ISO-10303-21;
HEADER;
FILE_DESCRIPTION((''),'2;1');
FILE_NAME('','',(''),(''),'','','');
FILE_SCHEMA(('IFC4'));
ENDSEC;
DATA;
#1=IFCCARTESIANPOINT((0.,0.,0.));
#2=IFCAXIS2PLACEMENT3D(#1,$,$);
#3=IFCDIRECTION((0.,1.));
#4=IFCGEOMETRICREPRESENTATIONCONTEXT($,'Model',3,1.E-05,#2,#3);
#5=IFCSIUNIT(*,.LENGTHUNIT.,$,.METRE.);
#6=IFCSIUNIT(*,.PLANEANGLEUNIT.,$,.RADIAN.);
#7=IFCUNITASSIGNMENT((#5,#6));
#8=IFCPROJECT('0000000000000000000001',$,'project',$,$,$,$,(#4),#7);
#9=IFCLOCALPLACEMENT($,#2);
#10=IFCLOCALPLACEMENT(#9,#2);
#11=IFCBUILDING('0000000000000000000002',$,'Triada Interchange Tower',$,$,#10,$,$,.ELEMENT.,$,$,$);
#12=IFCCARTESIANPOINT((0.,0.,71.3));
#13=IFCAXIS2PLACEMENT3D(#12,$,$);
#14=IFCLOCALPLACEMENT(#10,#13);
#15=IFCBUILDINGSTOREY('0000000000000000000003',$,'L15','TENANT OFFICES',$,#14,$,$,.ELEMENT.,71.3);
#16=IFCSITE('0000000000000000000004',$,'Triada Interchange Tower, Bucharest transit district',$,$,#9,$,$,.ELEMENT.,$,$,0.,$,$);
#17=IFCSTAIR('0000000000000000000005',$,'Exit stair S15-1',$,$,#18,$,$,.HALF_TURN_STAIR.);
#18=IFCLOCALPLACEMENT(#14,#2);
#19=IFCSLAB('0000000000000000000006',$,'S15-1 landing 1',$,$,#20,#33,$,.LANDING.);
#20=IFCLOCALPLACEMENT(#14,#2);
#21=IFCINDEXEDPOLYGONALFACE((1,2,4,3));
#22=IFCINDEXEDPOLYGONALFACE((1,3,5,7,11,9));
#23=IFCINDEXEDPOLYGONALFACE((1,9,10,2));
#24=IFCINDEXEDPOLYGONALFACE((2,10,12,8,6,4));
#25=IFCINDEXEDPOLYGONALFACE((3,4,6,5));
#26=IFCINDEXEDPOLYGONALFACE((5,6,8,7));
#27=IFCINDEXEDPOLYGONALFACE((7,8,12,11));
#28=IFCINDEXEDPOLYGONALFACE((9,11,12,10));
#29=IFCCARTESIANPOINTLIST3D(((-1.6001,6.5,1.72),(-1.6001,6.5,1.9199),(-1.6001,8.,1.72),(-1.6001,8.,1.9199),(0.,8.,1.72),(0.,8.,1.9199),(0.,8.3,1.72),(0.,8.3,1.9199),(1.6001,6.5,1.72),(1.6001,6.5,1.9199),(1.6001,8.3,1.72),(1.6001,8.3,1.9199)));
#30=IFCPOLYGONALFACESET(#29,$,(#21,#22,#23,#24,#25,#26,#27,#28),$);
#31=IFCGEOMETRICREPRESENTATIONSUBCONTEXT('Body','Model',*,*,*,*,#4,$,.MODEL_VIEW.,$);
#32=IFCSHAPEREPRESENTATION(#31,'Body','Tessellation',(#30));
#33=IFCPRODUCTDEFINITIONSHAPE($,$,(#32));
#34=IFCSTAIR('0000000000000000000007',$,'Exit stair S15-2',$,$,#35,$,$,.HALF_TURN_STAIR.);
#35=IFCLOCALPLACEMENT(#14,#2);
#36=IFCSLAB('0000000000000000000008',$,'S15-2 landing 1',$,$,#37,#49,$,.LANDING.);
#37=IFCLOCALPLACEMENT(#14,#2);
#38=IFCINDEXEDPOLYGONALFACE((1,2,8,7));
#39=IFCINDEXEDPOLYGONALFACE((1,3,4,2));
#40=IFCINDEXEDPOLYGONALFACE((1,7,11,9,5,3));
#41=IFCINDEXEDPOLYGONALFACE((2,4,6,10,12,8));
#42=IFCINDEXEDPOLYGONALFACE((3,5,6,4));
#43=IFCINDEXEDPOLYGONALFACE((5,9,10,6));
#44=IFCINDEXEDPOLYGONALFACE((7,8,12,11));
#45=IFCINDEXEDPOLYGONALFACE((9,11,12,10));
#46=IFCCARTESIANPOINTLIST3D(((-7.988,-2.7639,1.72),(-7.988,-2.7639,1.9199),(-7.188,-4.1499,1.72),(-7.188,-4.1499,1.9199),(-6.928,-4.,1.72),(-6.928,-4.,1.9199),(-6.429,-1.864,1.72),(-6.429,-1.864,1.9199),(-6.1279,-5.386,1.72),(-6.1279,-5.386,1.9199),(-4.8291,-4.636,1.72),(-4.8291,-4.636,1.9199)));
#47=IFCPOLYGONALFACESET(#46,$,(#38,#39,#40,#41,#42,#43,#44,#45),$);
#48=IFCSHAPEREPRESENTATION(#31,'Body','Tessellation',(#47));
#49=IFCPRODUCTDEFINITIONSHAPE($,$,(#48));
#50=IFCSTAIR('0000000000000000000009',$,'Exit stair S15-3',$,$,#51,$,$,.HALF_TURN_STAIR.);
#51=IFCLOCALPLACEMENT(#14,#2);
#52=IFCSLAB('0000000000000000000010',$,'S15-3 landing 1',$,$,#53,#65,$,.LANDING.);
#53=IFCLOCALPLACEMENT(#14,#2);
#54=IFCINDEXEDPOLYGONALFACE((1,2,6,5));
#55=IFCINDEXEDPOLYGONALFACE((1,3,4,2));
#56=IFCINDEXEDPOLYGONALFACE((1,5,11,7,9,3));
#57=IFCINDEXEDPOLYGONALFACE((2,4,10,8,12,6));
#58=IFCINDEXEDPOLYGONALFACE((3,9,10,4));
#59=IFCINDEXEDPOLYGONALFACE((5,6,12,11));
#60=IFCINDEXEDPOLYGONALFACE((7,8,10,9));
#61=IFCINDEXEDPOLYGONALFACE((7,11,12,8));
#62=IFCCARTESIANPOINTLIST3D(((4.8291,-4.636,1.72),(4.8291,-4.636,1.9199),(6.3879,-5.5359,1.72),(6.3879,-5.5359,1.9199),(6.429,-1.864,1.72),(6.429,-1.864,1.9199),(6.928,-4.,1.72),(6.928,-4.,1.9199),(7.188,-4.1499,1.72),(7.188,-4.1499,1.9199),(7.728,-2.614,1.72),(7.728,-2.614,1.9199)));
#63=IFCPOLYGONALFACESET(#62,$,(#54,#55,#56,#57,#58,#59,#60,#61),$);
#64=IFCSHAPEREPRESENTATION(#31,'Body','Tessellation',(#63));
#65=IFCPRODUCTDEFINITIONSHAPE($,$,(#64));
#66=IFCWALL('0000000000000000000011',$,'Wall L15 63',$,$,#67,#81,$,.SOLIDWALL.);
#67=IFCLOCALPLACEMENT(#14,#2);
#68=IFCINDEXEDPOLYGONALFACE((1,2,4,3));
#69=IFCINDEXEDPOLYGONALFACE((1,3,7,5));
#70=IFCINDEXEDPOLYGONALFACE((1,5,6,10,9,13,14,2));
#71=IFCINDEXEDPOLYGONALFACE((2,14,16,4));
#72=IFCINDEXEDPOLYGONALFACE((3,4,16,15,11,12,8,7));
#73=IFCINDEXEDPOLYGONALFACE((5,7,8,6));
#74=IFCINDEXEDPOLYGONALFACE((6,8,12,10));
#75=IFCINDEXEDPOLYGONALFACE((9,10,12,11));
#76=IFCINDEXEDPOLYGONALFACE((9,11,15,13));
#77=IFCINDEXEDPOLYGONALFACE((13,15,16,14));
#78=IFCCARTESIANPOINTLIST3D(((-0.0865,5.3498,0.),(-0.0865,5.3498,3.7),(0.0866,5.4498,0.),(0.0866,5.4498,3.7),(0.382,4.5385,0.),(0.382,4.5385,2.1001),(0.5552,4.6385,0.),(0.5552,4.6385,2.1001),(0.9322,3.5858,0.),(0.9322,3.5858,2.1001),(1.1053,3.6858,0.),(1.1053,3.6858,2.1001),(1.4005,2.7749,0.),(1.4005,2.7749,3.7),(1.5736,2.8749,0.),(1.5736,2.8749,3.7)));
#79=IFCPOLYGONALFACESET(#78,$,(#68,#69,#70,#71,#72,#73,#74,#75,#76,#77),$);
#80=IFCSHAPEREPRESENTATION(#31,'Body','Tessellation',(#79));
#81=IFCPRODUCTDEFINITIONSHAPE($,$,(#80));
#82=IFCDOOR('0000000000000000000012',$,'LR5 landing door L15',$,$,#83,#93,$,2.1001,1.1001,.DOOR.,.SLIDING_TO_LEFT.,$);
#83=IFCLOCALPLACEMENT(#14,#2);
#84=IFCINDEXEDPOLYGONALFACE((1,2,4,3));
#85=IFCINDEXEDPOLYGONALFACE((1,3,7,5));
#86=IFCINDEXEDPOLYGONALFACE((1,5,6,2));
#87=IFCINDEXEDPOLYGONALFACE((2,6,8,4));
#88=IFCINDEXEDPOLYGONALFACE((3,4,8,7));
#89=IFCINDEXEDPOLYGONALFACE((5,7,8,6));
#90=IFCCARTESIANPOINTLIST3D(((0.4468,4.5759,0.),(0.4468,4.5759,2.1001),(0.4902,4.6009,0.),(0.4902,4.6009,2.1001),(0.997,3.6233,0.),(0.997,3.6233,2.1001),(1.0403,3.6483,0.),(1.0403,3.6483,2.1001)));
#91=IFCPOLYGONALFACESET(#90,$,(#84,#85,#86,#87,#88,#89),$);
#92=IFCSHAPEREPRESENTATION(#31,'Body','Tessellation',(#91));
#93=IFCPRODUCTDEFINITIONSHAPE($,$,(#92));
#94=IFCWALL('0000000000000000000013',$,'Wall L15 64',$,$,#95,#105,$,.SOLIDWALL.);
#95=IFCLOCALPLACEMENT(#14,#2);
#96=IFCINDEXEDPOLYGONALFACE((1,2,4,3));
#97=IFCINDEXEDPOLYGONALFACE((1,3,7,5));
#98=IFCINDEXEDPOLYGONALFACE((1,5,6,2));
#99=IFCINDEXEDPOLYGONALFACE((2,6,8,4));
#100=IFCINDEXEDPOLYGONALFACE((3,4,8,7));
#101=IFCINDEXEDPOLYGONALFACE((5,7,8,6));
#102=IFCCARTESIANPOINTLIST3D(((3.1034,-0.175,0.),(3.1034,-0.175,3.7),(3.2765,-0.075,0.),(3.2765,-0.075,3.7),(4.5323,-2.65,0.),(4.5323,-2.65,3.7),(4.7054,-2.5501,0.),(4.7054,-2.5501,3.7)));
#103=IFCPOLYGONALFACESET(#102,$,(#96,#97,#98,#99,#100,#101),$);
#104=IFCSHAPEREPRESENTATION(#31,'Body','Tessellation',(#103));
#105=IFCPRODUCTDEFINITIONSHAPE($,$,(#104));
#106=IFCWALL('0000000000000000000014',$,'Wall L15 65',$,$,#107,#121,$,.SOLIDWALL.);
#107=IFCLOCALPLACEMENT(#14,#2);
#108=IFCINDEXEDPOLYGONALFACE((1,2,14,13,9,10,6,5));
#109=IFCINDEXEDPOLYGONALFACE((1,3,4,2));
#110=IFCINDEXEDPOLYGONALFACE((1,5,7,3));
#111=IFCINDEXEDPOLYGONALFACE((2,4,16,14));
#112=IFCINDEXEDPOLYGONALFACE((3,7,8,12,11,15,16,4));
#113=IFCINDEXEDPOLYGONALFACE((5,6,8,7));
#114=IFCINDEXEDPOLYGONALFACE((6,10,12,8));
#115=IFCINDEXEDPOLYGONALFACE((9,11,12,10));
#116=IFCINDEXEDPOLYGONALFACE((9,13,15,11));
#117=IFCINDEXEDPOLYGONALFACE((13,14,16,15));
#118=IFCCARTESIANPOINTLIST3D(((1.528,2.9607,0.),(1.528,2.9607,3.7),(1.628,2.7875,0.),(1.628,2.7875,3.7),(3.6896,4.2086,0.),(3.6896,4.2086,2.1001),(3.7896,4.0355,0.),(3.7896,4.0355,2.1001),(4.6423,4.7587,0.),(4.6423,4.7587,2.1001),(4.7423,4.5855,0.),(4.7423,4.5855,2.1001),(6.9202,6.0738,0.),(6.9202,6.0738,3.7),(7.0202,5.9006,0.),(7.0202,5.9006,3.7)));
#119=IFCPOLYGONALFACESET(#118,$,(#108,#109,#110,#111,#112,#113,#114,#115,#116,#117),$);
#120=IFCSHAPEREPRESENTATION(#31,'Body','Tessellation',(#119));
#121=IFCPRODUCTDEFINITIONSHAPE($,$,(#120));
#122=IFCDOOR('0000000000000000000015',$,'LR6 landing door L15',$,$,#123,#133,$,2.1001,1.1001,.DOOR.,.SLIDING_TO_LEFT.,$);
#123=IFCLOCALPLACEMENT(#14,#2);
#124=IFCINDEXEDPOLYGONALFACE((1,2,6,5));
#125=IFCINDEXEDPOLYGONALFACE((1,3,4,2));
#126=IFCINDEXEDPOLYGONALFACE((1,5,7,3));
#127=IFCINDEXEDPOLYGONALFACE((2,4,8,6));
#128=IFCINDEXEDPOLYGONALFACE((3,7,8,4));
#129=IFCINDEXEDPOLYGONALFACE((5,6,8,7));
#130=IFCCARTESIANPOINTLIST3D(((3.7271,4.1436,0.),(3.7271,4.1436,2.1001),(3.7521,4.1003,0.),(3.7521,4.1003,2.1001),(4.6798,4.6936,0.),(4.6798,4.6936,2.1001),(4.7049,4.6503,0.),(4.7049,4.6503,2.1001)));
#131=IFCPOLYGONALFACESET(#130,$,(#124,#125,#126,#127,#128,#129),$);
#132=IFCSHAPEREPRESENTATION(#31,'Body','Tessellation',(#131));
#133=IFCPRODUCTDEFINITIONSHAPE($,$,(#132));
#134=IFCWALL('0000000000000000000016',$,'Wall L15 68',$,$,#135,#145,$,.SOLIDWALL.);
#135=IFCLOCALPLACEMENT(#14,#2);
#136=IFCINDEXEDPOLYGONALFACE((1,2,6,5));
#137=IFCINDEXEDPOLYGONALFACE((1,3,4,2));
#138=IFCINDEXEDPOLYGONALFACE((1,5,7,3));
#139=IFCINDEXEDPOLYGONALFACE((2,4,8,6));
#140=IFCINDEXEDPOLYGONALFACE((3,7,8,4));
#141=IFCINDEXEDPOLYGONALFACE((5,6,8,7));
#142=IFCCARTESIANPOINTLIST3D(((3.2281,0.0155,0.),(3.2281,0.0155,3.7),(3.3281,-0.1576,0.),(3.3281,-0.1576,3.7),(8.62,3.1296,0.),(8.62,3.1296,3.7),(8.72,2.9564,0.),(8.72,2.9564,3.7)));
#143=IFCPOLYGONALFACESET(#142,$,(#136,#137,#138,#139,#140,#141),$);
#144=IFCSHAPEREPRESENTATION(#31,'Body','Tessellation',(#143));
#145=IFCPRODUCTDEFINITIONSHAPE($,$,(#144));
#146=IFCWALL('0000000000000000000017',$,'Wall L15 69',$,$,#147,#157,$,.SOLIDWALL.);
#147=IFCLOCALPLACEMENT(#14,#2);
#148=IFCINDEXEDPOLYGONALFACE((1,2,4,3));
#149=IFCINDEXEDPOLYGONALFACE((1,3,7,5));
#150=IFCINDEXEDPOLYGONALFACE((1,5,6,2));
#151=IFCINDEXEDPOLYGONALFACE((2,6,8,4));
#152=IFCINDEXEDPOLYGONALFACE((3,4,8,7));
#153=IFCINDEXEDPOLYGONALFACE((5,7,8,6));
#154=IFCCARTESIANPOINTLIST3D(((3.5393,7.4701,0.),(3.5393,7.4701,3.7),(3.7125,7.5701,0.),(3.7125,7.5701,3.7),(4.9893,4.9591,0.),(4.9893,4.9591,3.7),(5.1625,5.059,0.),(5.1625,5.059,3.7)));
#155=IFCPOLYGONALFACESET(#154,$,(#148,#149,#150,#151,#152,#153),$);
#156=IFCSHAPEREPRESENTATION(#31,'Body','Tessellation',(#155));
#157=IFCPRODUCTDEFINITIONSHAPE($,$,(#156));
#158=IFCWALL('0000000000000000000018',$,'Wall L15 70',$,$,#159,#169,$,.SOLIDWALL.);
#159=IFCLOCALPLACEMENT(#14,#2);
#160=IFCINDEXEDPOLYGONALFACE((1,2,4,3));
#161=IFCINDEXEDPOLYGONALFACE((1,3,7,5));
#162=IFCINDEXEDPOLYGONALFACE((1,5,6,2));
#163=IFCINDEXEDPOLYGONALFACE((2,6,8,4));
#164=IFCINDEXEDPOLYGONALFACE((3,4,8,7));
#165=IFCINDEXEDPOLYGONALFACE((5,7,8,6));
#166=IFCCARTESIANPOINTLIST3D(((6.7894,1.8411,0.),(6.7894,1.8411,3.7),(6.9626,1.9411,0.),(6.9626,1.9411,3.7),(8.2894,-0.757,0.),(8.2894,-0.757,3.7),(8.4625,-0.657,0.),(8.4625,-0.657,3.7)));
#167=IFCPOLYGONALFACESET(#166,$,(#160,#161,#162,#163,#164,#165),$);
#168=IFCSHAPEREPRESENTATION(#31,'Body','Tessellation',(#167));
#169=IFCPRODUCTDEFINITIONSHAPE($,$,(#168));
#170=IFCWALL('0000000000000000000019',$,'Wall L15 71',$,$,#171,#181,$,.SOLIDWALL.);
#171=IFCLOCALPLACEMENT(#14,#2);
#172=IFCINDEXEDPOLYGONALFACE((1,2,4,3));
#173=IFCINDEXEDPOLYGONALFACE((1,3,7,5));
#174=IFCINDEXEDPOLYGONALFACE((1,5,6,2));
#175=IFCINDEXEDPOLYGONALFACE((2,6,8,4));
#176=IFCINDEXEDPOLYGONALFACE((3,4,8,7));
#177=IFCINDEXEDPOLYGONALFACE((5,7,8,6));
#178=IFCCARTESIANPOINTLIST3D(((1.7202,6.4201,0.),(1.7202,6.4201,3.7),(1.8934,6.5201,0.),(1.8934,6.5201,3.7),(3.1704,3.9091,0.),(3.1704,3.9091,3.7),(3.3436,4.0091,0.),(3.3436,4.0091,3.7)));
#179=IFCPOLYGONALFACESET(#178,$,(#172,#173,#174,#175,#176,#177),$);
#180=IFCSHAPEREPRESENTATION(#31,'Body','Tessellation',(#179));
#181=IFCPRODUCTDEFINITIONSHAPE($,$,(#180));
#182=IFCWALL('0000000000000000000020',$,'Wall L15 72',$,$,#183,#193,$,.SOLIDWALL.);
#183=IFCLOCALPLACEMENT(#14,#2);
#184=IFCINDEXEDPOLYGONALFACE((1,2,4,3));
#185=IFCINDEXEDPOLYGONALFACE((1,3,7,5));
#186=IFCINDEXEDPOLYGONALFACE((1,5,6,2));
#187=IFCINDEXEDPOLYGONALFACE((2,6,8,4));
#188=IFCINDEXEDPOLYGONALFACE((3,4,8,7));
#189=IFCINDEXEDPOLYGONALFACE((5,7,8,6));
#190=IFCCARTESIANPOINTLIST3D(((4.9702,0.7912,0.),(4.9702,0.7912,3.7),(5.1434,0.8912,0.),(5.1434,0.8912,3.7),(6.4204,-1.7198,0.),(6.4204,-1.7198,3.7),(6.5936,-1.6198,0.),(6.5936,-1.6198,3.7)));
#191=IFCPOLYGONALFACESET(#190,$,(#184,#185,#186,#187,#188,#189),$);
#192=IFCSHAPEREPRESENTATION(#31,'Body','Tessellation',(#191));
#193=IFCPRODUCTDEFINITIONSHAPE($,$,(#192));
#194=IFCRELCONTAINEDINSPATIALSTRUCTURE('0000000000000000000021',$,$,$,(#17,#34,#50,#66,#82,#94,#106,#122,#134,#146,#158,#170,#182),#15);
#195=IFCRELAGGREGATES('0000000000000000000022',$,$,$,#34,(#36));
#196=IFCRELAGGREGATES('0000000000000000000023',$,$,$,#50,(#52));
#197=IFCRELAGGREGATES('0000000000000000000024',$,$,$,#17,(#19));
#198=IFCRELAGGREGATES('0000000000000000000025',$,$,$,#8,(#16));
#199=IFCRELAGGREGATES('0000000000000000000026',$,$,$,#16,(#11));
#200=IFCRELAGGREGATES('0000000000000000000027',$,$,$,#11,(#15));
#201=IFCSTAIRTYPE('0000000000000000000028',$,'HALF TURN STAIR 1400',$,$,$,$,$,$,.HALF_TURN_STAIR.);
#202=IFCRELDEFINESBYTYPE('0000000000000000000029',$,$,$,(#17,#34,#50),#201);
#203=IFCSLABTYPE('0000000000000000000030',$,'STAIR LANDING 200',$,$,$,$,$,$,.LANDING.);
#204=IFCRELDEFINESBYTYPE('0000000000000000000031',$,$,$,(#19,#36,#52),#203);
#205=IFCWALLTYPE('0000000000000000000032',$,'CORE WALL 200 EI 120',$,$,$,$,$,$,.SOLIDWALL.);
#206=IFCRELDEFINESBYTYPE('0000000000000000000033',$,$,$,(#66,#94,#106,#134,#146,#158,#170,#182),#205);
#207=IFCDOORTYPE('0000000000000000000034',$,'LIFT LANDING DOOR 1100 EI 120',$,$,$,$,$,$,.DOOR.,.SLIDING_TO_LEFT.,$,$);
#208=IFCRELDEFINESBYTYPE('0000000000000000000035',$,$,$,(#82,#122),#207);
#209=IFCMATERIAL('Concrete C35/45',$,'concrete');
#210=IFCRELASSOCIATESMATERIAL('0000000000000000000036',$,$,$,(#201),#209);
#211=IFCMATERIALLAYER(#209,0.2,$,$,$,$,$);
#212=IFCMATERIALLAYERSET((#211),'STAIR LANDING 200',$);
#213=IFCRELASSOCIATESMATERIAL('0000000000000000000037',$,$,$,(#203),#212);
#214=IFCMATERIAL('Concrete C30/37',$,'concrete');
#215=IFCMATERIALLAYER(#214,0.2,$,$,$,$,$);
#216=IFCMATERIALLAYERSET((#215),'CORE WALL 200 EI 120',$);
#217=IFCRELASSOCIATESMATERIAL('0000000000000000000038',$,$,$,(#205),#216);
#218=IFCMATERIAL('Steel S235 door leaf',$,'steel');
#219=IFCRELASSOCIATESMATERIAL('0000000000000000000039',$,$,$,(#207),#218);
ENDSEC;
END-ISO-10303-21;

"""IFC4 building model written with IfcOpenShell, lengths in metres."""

from ifc_helpers import new_model, si_unit, direction, frame, frame_2d, origin, place, context, subcontext, project, spatial, polyline, rectangle, outline, extrude, material, layer, layer_set, type_object, element, fill, aggregate, save


model = new_model("IFC4")

# Units and contexts
model_context = context("Model", 3, precision=1e-05, world=origin(), true_north=direction((0.0, 1.0)))
body_context = subcontext(model_context, "Body", "Model", "MODEL_VIEW")
ifc_project = project(units=[si_unit("LENGTHUNIT", "METRE"), si_unit("PLANEANGLEUNIT", "RADIAN")], contexts=[model_context])

# Site, building, storey
site_placement = place(None, origin())
site = spatial("IfcSite", under=ifc_project, at=site_placement, Name="Triada Interchange Tower, Bucharest transit district", CompositionType="ELEMENT", RefElevation=0.0)
building_placement = place(site_placement, origin())
building = spatial("IfcBuilding", under=site, at=building_placement, Name="Triada Interchange Tower", CompositionType="ELEMENT")
storey_placement = place(building_placement, frame((0.0, 0.0, 71.3)))
storey = spatial("IfcBuildingStorey", under=building, at=storey_placement, Name="L15", Description="TENANT OFFICES", CompositionType="ELEMENT", Elevation=71.3)

# Stairs, slabs
ifc_material_1 = material(Name="Concrete C35/45", Category="concrete")
stair_type = type_object("IfcStairType", Name="HALF TURN STAIR 1400", PredefinedType="HALF_TURN_STAIR", material=ifc_material_1)
stair_1_placement = place(storey_placement, origin())
stair_1 = element("IfcStair", 1, at=stair_1_placement, inside=storey, type_object=stair_type, Name="Exit stair S15-1", PredefinedType="HALF_TURN_STAIR")
ifc_layer_1 = layer(ifc_material_1, 0.2)
ifc_layer_set_1 = layer_set([ifc_layer_1], Name="STAIR LANDING 200")
slab_type_1 = type_object("IfcSlabType", Name="STAIR LANDING 200", PredefinedType="LANDING", material=ifc_layer_set_1)
slab_1_placement = place(storey_placement, frame((0.0, 0.0, 1.72)))
slab_1 = element("IfcSlab", 2, at=slab_1_placement, type_object=slab_type_1, Name="S15-1 landing 1", PredefinedType="LANDING", context=body_context, shape_type="SweptSolid", body=[
    extrude(outline(polyline([(1.6001, 6.5), (1.6001, 8.3), (0.0, 8.3), (0.0, 8.0), (-1.6001, 8.0), (-1.6001, 6.5), (1.6001, 6.5)])), origin(), (0.0, 0.0, 1.0), 0.2),
])
stair_2_placement = place(storey_placement, origin())
stair_2 = element("IfcStair", 3, at=stair_2_placement, inside=storey, type_object=stair_type, Name="Exit stair S15-2", PredefinedType="HALF_TURN_STAIR")
slab_2_placement = place(storey_placement, frame((0.0, 0.0, 1.72)))
slab_2 = element("IfcSlab", 4, at=slab_2_placement, type_object=slab_type_1, Name="S15-2 landing 1", PredefinedType="LANDING", context=body_context, shape_type="SweptSolid", body=[
    extrude(outline(polyline([(-6.429, -1.864), (-7.988, -2.7639), (-7.188, -4.1499), (-6.928, -4.0), (-6.1279, -5.386), (-4.8291, -4.636), (-6.429, -1.864)])), origin(), (0.0, 0.0, 1.0), 0.2),
])
aggregate(stair_2, [slab_2])
stair_3_placement = place(storey_placement, origin())
stair_3 = element("IfcStair", 5, at=stair_3_placement, inside=storey, type_object=stair_type, Name="Exit stair S15-3", PredefinedType="HALF_TURN_STAIR")
slab_3_placement = place(storey_placement, frame((0.0, 0.0, 1.72)))
slab_3 = element("IfcSlab", 6, at=slab_3_placement, type_object=slab_type_1, Name="S15-3 landing 1", PredefinedType="LANDING", context=body_context, shape_type="SweptSolid", body=[
    extrude(outline(polyline([(4.8291, -4.636), (6.3879, -5.5359), (7.188, -4.1499), (6.928, -4.0), (7.728, -2.614), (6.429, -1.864), (4.8291, -4.636)])), origin(), (0.0, 0.0, 1.0), 0.2),
])
aggregate(stair_3, [slab_3])

# Wall, opening, door
ifc_material_2 = material(Name="Concrete C30/37", Category="concrete")
ifc_layer_2 = layer(ifc_material_2, 0.2)
ifc_layer_set_2 = layer_set([ifc_layer_2], Name="CORE WALL 200 EI 120")
wall_type_1 = type_object("IfcWallType", Name="CORE WALL 200 EI 120", PredefinedType="SOLIDWALL", material=ifc_layer_set_2)
wall_1_placement = place(storey_placement, frame((0.0, 5.3999, 0.0), z_axis=(0.0, 0.0, 1.0), x_axis=(0.500104, -0.865965, 0.0)))
wall_1 = element("IfcWall", 7, at=wall_1_placement, inside=storey, type_object=wall_type_1, Name="Wall L15 63", PredefinedType="SOLIDWALL", context=body_context, shape_type="SweptSolid", body=[
    extrude(rectangle(XDim=2.9734, YDim=0.2, at=frame_2d((1.4868, 0.0))), origin(), (0.0, 0.0, 1.0), 3.7),
])
opening_1_placement = place(wall_1_placement, frame((0.937, 0.0, 0.0)))
opening_1 = element("IfcOpeningElement", 8, at=opening_1_placement, cuts=wall_1, PredefinedType="OPENING", context=body_context, shape_type="SweptSolid", body=[
    extrude(rectangle(XDim=1.1001, YDim=2.1001, at=frame_2d((0.55, 1.05))), frame((0.0, 0.1099, 0.0), z_axis=(0.0, -1.0, 0.0), x_axis=(1.0, 0.0, 0.0)), (0.0, 0.0, 1.0), 0.22),
])
ifc_material_3 = material(Name="Steel S235 door leaf", Category="steel")
door_type = type_object("IfcDoorType", Name="LIFT LANDING DOOR 1100 EI 120", OperationType="SLIDING_TO_LEFT", PredefinedType="DOOR", material=ifc_material_3)
door_1_placement = place(opening_1_placement, origin())
door_1 = element("IfcDoor", 9, at=door_1_placement, inside=storey, type_object=door_type, Name="LR5 landing door L15", OperationType="SLIDING_TO_LEFT", OverallHeight=2.1001, OverallWidth=1.1001, PredefinedType="DOOR", context=body_context, shape_type="SweptSolid", body=[
    extrude(rectangle(XDim=1.1001, YDim=2.1001, at=frame_2d((0.55, 1.05))), frame((0.0, 0.0249, 0.0), z_axis=(0.0, -1.0, 0.0), x_axis=(1.0, 0.0, 0.0)), (0.0, 0.0, 1.0), 0.05),
])
fill(opening_1, door_1)

# Wall
wall_2_placement = place(storey_placement, frame((3.1899, -0.125, 0.0), z_axis=(0.0, 0.0, 1.0), x_axis=(0.499989, -0.866032, 0.0)))
element("IfcWall", 10, at=wall_2_placement, inside=storey, type_object=wall_type_1, Name="Wall L15 64", PredefinedType="SOLIDWALL", context=body_context, shape_type="SweptSolid", body=[
    extrude(rectangle(XDim=2.8579, YDim=0.2, at=frame_2d((1.429, 0.0))), origin(), (0.0, 0.0, 1.0), 3.7),
])

# Wall, opening, door
wall_3_placement = place(storey_placement, frame((1.5779, 2.874, 0.0), z_axis=(0.0, 0.0, 1.0), x_axis=(0.866031, 0.499989, 0.0)))
wall_3 = element("IfcWall", 11, at=wall_3_placement, inside=storey, type_object=wall_type_1, Name="Wall L15 65", PredefinedType="SOLIDWALL", context=body_context, shape_type="SweptSolid", body=[
    extrude(rectangle(XDim=6.2263, YDim=0.2, at=frame_2d((3.1133, 0.0))), origin(), (0.0, 0.0, 1.0), 3.7),
])
opening_2_placement = place(wall_3_placement, frame((2.4961, 0.0, 0.0)))
opening_2 = element("IfcOpeningElement", 12, at=opening_2_placement, cuts=wall_3, PredefinedType="OPENING", context=body_context, shape_type="SweptSolid", body=[
    extrude(rectangle(XDim=1.1001, YDim=2.1001, at=frame_2d((0.55, 1.05))), frame((0.0, 0.1099, 0.0), z_axis=(0.0, -1.0, 0.0), x_axis=(1.0, 0.0, 0.0)), (0.0, 0.0, 1.0), 0.22),
])
door_2_placement = place(opening_2_placement, origin())
door_2 = element("IfcDoor", 13, at=door_2_placement, inside=storey, type_object=door_type, Name="LR6 landing door L15", OperationType="SLIDING_TO_LEFT", OverallHeight=2.1001, OverallWidth=1.1001, PredefinedType="DOOR", context=body_context, shape_type="SweptSolid", body=[
    extrude(rectangle(XDim=1.1001, YDim=2.1001, at=frame_2d((0.55, 1.05))), frame((0.0, 0.0249, 0.0), z_axis=(0.0, -1.0, 0.0), x_axis=(1.0, 0.0, 0.0)), (0.0, 0.0, 1.0), 0.05),
])
fill(opening_2, door_2)

# Walls
wall_4_placement = place(storey_placement, frame((3.2781, -0.071, 0.0), z_axis=(0.0, 0.0, 1.0), x_axis=(0.865954, 0.500124, 0.0)))
element("IfcWall", 14, at=wall_4_placement, inside=storey, type_object=wall_type_1, Name="Wall L15 68", PredefinedType="SOLIDWALL", context=body_context, shape_type="SweptSolid", body=[
    extrude(rectangle(XDim=6.2266, YDim=0.2, at=frame_2d((3.1133, 0.0))), origin(), (0.0, 0.0, 1.0), 3.7),
])
wall_5_placement = place(storey_placement, frame((3.626, 7.52, 0.0), z_axis=(0.0, 0.0, 1.0), x_axis=(0.50006, -0.865991, 0.0)))
element("IfcWall", 15, at=wall_5_placement, inside=storey, type_object=wall_type_1, Name="Wall L15 69", PredefinedType="SOLIDWALL", context=body_context, shape_type="SweptSolid", body=[
    extrude(rectangle(XDim=2.8997, YDim=0.2, at=frame_2d((1.4497, 0.0))), origin(), (0.0, 0.0, 1.0), 3.7),
])
wall_6_placement = place(storey_placement, frame((6.876, 1.8911, 0.0), z_axis=(0.0, 0.0, 1.0), x_axis=(0.49999, -0.866031, 0.0)))
element("IfcWall", 16, at=wall_6_placement, inside=storey, type_object=wall_type_1, Name="Wall L15 70", PredefinedType="SOLIDWALL", context=body_context, shape_type="SweptSolid", body=[
    extrude(rectangle(XDim=3.0, YDim=0.2, at=frame_2d((1.5, 0.0))), origin(), (0.0, 0.0, 1.0), 3.7),
])
for number, where, z_axis, x_axis, name in (
    (17, (1.8069, 6.47, 0.0), (0.0, 0.0, 1.0), (0.500123, -0.865954, 0.0), "Wall L15 71"),
    (18, (5.0569, 0.8411, 0.0), (0.0, 0.0, 1.0), (0.500123, -0.865954, 0.0), "Wall L15 72"),
):
    element("IfcWall", number, at=place(storey_placement, frame(where, z_axis=z_axis, x_axis=x_axis)), inside=storey, type_object=wall_type_1, Name=name, PredefinedType="SOLIDWALL", context=body_context, shape_type="SweptSolid", body=[
        extrude(rectangle(XDim=2.8997, YDim=0.2, at=frame_2d((1.4497, 0.0))), origin(), (0.0, 0.0, 1.0), 3.7),
    ])

aggregate(stair_1, [slab_1])

save(model, "model.ifc")
